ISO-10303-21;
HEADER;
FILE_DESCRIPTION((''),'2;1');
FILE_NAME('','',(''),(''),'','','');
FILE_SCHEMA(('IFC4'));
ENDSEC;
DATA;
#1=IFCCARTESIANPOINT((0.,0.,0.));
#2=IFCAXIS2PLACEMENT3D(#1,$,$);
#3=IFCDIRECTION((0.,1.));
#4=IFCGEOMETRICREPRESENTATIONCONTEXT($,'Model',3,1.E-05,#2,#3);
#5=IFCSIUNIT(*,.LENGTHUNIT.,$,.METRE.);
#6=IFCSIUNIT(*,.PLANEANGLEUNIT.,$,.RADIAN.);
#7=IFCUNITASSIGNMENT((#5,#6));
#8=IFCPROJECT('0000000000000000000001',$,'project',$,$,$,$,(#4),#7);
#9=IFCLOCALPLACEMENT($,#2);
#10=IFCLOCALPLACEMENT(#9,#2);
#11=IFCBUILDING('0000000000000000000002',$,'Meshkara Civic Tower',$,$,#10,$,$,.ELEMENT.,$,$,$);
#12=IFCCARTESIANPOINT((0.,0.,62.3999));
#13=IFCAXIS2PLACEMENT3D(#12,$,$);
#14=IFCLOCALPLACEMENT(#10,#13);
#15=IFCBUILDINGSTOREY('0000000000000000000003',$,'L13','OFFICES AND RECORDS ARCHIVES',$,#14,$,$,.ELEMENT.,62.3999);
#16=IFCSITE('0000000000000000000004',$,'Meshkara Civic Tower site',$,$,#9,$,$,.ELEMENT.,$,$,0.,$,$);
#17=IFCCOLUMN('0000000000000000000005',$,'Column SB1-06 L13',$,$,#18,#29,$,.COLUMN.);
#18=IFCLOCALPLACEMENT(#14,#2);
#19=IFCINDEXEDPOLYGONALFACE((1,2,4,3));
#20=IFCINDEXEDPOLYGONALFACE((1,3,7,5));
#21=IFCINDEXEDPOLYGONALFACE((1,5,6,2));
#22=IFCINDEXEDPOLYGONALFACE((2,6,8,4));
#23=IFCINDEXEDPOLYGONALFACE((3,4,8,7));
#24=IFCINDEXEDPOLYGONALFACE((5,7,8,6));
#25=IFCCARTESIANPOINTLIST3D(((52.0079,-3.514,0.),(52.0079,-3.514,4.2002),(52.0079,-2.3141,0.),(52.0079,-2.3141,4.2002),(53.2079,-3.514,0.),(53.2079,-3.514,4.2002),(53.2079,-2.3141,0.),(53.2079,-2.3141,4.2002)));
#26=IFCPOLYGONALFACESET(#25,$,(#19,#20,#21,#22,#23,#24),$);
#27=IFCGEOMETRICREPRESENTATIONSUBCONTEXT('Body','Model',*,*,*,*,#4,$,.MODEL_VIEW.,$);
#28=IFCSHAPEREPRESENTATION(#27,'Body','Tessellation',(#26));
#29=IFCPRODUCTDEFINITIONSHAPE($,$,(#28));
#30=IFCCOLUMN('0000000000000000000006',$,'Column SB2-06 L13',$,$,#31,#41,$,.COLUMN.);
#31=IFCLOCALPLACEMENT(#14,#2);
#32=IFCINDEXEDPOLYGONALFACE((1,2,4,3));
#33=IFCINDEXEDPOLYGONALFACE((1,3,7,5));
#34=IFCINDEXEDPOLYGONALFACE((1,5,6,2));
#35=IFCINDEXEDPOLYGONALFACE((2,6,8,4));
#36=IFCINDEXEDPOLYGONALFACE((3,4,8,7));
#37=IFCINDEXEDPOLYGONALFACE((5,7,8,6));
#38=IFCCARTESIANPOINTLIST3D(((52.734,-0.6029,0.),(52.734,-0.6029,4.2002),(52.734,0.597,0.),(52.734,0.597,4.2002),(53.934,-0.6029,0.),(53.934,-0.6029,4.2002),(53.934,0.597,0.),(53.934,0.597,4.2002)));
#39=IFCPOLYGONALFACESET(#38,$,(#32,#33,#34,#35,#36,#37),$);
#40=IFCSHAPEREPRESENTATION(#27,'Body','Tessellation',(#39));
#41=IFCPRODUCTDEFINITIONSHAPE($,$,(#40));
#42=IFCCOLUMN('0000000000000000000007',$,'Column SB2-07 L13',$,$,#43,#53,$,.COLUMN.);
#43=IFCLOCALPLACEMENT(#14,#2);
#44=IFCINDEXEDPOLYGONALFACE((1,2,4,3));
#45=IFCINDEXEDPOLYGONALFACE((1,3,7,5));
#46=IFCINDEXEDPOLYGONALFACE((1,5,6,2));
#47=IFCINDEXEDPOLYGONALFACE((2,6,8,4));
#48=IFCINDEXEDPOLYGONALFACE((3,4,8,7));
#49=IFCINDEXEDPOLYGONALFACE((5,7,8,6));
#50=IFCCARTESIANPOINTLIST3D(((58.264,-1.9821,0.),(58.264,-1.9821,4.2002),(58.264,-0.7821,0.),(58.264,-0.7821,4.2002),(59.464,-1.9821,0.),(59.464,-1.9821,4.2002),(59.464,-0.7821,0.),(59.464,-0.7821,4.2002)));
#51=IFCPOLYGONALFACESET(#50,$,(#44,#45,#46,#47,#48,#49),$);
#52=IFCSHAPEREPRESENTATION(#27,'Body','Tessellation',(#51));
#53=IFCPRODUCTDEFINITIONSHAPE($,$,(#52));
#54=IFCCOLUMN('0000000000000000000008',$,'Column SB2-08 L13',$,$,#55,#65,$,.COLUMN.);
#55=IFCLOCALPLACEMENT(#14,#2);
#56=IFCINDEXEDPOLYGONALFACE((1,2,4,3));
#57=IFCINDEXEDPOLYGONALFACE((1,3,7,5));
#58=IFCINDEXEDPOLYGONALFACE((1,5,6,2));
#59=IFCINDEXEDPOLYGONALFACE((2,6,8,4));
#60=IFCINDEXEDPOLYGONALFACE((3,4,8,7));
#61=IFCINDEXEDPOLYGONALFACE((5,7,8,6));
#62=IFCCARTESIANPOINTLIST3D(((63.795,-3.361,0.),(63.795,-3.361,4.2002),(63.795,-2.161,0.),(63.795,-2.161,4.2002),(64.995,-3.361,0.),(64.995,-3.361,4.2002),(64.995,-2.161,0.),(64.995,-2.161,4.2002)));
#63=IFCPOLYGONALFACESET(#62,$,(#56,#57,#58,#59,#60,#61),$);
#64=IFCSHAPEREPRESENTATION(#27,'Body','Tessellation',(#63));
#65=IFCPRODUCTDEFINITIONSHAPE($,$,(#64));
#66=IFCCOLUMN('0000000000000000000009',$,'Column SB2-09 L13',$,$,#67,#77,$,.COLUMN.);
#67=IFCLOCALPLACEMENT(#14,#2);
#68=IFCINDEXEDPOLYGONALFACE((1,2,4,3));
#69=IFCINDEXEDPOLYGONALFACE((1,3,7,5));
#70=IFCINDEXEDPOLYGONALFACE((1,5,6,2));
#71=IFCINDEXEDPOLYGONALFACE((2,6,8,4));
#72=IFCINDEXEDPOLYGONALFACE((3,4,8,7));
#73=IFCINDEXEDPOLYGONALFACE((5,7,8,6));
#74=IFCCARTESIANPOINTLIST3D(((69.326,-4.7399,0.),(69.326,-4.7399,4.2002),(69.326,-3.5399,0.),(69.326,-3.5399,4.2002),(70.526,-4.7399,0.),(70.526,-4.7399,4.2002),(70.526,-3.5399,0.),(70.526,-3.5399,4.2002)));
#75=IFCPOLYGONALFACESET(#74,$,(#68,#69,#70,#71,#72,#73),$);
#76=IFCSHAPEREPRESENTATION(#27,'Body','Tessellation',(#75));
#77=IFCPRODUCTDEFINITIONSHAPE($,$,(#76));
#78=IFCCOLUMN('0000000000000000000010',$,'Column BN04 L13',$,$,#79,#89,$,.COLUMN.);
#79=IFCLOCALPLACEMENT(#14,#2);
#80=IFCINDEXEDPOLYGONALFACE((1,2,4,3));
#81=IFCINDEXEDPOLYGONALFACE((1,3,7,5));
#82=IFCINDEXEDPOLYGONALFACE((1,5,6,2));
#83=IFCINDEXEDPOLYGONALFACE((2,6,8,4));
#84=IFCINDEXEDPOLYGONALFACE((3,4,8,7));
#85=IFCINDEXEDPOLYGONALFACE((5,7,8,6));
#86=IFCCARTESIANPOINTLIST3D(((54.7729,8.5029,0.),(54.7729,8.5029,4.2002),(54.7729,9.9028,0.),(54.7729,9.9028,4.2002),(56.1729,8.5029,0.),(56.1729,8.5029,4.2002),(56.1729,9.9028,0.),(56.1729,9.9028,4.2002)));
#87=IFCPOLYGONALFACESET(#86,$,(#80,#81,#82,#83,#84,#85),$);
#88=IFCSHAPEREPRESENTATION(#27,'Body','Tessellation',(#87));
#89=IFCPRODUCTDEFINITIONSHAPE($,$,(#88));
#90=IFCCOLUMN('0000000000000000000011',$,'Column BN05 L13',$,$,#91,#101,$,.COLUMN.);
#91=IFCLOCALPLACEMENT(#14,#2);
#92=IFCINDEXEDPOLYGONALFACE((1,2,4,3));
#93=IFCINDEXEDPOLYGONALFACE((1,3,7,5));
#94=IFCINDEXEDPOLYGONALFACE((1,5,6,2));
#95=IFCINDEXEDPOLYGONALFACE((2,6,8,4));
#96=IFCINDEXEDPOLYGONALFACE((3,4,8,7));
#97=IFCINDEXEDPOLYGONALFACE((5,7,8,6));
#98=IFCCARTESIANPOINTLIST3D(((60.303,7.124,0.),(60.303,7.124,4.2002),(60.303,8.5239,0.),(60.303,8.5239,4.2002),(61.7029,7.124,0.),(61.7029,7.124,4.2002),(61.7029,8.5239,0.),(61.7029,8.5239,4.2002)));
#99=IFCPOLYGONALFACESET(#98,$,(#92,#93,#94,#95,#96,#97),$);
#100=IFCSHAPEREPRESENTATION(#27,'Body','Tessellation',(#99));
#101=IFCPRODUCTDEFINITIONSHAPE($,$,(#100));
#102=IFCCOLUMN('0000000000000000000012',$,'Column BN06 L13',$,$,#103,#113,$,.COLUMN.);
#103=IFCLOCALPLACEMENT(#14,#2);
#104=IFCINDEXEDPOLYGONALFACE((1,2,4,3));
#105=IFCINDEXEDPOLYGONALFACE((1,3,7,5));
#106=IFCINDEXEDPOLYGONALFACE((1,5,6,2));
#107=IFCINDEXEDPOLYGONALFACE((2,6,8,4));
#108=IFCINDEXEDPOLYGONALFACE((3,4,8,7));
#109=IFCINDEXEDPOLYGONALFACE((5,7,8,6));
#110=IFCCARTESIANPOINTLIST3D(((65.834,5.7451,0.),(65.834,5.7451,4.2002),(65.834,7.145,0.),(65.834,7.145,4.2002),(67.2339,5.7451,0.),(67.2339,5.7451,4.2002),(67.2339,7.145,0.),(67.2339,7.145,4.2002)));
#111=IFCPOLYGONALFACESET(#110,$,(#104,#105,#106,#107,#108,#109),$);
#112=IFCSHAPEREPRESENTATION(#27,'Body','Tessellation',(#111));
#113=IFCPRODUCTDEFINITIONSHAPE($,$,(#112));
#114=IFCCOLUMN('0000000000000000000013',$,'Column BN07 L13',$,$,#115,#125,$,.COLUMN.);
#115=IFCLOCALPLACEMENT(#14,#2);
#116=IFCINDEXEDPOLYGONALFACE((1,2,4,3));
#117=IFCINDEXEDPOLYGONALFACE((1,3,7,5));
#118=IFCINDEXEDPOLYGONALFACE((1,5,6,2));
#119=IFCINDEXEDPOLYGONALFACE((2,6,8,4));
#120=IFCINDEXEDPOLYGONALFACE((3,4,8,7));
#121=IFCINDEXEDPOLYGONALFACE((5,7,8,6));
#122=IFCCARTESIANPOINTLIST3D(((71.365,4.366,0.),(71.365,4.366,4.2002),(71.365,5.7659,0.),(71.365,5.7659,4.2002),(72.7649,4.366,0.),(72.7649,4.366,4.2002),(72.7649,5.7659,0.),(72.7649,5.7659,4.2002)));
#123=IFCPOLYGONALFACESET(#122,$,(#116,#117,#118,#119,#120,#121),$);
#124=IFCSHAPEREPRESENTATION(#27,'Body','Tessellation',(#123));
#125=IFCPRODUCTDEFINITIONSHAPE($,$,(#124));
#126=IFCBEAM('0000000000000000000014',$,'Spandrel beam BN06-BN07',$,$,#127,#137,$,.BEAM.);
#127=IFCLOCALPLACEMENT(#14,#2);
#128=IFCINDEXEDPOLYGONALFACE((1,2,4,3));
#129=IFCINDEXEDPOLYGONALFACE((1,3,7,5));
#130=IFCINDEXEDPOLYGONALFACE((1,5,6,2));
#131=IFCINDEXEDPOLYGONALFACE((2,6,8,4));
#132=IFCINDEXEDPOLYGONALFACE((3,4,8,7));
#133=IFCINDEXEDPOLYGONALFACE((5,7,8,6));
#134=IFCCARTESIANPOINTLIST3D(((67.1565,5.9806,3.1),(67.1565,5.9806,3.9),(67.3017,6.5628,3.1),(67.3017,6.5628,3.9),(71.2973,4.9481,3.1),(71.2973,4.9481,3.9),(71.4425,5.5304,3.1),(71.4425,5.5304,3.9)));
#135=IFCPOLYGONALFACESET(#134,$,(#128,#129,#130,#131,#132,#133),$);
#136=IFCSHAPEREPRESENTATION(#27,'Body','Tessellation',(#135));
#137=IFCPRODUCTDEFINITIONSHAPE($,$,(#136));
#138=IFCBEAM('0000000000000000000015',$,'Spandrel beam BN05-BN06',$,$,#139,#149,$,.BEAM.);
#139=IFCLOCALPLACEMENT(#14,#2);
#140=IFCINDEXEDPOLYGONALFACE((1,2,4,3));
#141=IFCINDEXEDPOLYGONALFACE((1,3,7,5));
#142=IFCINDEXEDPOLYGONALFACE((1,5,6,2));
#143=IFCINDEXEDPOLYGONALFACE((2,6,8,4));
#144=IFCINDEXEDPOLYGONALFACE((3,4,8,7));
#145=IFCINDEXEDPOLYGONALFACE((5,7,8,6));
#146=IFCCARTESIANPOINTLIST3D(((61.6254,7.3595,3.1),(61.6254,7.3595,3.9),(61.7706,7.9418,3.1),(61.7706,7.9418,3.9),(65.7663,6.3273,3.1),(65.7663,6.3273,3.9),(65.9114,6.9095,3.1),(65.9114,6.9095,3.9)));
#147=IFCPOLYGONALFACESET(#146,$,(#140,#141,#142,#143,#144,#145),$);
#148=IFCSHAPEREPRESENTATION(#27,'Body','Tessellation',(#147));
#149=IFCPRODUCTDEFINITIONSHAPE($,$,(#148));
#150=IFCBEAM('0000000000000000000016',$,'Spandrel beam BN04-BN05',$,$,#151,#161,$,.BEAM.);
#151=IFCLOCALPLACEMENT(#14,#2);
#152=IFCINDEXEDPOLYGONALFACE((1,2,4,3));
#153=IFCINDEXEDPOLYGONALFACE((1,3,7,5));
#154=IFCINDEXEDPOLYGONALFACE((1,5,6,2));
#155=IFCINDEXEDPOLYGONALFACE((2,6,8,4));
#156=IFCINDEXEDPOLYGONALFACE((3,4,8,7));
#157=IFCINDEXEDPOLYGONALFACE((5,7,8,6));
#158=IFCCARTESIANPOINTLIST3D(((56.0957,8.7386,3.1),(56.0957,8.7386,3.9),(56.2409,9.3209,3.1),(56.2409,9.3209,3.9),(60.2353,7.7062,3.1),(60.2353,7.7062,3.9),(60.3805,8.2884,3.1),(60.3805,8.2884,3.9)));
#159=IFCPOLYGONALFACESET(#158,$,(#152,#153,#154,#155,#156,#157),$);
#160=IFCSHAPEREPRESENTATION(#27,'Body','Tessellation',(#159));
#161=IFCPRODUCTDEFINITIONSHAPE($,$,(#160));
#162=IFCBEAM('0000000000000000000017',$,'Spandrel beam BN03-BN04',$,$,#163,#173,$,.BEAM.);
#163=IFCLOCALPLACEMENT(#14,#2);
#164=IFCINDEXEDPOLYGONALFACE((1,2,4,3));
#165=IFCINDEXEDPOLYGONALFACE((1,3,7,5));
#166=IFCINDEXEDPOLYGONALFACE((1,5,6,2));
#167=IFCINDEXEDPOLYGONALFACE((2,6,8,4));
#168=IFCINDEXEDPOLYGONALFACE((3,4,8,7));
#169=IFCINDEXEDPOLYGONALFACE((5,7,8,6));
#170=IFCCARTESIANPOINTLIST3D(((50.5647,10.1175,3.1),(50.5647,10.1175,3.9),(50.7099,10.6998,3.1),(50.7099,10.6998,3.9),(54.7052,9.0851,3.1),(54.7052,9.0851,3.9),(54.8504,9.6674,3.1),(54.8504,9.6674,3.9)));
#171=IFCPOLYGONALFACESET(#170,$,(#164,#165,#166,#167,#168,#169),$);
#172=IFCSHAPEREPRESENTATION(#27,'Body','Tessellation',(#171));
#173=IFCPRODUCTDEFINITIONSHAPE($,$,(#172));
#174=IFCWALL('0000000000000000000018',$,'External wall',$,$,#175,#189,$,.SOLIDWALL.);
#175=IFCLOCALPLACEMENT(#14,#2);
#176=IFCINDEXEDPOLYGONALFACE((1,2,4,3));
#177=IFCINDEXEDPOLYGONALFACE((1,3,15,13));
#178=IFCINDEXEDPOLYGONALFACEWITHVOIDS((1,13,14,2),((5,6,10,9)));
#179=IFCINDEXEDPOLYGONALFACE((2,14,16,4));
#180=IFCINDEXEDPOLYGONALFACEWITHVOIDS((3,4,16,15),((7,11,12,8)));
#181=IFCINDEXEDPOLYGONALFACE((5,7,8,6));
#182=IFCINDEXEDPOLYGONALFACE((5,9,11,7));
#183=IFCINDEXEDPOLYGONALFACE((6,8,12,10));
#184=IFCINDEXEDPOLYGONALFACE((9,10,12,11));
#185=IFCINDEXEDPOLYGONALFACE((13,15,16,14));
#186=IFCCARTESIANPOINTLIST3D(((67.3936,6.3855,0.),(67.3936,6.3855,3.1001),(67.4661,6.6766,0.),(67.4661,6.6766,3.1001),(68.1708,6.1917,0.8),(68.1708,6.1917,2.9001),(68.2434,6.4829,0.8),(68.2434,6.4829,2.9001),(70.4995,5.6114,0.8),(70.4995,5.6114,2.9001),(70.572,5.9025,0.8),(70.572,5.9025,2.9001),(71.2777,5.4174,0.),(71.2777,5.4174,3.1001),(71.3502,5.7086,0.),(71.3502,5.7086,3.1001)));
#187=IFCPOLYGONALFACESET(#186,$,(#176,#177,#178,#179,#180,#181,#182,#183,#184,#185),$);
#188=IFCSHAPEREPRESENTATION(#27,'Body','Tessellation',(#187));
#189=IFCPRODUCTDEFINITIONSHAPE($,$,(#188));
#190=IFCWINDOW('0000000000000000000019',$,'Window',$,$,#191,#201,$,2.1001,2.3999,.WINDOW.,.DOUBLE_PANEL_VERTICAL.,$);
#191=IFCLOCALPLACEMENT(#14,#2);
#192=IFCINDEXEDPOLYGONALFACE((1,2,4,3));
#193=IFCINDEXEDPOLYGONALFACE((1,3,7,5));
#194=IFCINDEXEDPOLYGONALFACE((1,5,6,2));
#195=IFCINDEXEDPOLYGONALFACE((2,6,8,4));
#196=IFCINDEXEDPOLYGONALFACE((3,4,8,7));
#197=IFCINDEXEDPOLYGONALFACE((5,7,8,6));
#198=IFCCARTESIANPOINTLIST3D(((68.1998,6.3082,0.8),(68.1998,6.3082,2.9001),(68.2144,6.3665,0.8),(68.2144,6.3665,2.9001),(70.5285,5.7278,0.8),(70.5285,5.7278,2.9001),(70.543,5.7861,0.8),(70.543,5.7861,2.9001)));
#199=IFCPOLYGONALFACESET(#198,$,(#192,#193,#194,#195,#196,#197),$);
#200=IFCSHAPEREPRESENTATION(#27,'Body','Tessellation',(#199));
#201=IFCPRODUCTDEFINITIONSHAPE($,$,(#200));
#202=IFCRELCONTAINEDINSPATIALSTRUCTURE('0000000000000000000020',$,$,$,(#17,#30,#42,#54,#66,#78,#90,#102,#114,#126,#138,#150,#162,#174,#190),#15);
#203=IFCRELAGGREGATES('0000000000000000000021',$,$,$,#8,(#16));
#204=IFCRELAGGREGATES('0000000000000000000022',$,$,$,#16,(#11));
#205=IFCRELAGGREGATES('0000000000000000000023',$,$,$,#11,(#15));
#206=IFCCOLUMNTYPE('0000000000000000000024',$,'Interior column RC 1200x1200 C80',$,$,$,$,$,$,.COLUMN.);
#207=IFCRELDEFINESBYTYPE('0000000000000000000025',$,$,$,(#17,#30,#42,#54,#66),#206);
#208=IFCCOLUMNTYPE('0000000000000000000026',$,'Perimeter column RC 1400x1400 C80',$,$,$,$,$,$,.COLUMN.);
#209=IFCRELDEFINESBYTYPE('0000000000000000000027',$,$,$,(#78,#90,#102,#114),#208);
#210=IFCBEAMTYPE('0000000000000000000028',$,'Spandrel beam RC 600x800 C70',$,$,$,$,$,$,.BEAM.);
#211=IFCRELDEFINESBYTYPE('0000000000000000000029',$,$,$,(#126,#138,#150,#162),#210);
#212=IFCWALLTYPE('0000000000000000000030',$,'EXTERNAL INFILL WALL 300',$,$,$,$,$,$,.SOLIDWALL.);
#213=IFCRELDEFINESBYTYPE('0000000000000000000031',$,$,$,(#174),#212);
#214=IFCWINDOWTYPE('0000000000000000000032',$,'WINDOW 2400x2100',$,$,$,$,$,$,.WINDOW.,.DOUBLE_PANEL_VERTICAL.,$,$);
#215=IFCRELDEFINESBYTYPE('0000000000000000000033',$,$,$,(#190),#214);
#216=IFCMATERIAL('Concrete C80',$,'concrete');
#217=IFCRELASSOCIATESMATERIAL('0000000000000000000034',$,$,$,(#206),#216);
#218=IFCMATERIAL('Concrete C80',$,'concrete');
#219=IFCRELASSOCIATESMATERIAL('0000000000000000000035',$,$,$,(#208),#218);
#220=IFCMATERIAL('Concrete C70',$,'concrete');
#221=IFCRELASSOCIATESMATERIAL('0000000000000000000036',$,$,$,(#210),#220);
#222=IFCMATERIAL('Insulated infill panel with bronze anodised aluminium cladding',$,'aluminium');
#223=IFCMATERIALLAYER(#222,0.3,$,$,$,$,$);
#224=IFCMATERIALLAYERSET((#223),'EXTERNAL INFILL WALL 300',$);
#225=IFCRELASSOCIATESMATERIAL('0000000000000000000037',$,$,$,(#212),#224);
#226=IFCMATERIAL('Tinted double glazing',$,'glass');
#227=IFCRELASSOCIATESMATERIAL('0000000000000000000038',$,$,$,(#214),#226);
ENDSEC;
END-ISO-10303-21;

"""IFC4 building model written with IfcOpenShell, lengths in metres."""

from ifc_helpers import new_model, si_unit, direction, frame, frame_2d, origin, origin_2d, place, context, subcontext, project, spatial, rectangle, extrude, material, layer, layer_set, material_profile, profile_set, type_object, element, fill, save


model = new_model("IFC4")

# Units and contexts
model_context = context("Model", 3, precision=1e-05, world=origin(), true_north=direction((0.0, 1.0)))
body_context = subcontext(model_context, "Body", "Model", "MODEL_VIEW")
ifc_project = project(units=[si_unit("LENGTHUNIT", "METRE"), si_unit("PLANEANGLEUNIT", "RADIAN")], contexts=[model_context])

# Site, building, storey
site_placement = place(None, origin())
site = spatial("IfcSite", under=ifc_project, at=site_placement, Name="Meshkara Civic Tower site", CompositionType="ELEMENT", RefElevation=0.0)
building_placement = place(site_placement, origin())
building = spatial("IfcBuilding", under=site, at=building_placement, Name="Meshkara Civic Tower", CompositionType="ELEMENT")
storey_placement = place(building_placement, frame((0.0, 0.0, 62.3999)))
storey = spatial("IfcBuildingStorey", under=building, at=storey_placement, Name="L13", Description="OFFICES AND RECORDS ARCHIVES", CompositionType="ELEMENT", Elevation=62.3999)

# Columns
ifc_material_1 = material(Name="Concrete C80", Category="concrete")
ifc_material_profile_1 = material_profile(ifc_material_1, rectangle(XDim=1.2, YDim=1.2, at=origin_2d()))
ifc_profile_set_1 = profile_set([ifc_material_profile_1], Name="Concrete C80")
column_type_1 = type_object("IfcColumnType", Name="Interior column RC 1200x1200 C80", PredefinedType="COLUMN", material=ifc_profile_set_1)
for number, where, z_axis, x_axis, name in (
    (1, (52.6079, -2.9141, 0.0), (0.0, 0.0, 1.0), (1.0, 0.0, 0.0), "Column SB1-06 L13"),
    (2, (53.334, -0.0029, 0.0), (0.0, 0.0, 1.0), (1.0, 0.0, 0.0), "Column SB2-06 L13"),
    (3, (58.864, -1.3821, 0.0), (0.0, 0.0, 1.0), (1.0, 0.0, 0.0), "Column SB2-07 L13"),
    (4, (64.395, -2.761, 0.0), (0.0, 0.0, 1.0), (1.0, 0.0, 0.0), "Column SB2-08 L13"),
    (5, (69.926, -4.1399, 0.0), (0.0, 0.0, 1.0), (1.0, 0.0, 0.0), "Column SB2-09 L13"),
):
    element("IfcColumn", number, at=place(storey_placement, frame(where, z_axis=z_axis, x_axis=x_axis)), inside=storey, type_object=column_type_1, Name=name, PredefinedType="COLUMN", context=body_context, shape_type="SweptSolid", body=[
        extrude(rectangle(XDim=1.2, YDim=1.2, at=origin_2d()), origin(), (0.0, 0.0, 1.0), 4.2002),
    ])
ifc_material_2 = material(Name="Concrete C80", Category="concrete")
ifc_material_profile_2 = material_profile(ifc_material_2, rectangle(XDim=1.3999, YDim=1.3999, at=origin_2d()))
ifc_profile_set_2 = profile_set([ifc_material_profile_2], Name="Concrete C80")
column_type_2 = type_object("IfcColumnType", Name="Perimeter column RC 1400x1400 C80", PredefinedType="COLUMN", material=ifc_profile_set_2)
for number, where, z_axis, x_axis, name in (
    (6, (55.4729, 9.2029, 0.0), (0.0, 0.0, 1.0), (1.0, 0.0, 0.0), "Column BN04 L13"),
    (7, (61.0029, 7.824, 0.0), (0.0, 0.0, 1.0), (1.0, 0.0, 0.0), "Column BN05 L13"),
    (8, (66.5339, 6.4451, 0.0), (0.0, 0.0, 1.0), (1.0, 0.0, 0.0), "Column BN06 L13"),
    (9, (72.0649, 5.0659, 0.0), (0.0, 0.0, 1.0), (1.0, 0.0, 0.0), "Column BN07 L13"),
):
    element("IfcColumn", number, at=place(storey_placement, frame(where, z_axis=z_axis, x_axis=x_axis)), inside=storey, type_object=column_type_2, Name=name, PredefinedType="COLUMN", context=body_context, shape_type="SweptSolid", body=[
        extrude(rectangle(XDim=1.3999, YDim=1.3999, at=origin_2d()), origin(), (0.0, 0.0, 1.0), 4.2002),
    ])

# Beams
ifc_material_3 = material(Name="Concrete C70", Category="concrete")
ifc_material_profile_3 = material_profile(ifc_material_3, rectangle(XDim=0.6001, YDim=0.8, at=origin_2d()))
ifc_profile_set_3 = profile_set([ifc_material_profile_3], Name="Concrete C70")
beam_type = type_object("IfcBeamType", Name="Spandrel beam RC 600x800 C70", PredefinedType="BEAM", material=ifc_profile_set_3)
for number, where, z_axis, x_axis, name in (
    (10, (71.3699, 5.2393, 3.5), (-0.970294, 0.24193, 0.0), (-0.24193, -0.970294, 0.0), "Spandrel beam BN06-BN07"),
    (11, (65.8389, 6.6184, 3.5), (-0.970307, 0.241876, 0.0), (-0.241876, -0.970307, 0.0), "Spandrel beam BN05-BN06"),
):
    element("IfcBeam", number, at=place(storey_placement, frame(where, z_axis=z_axis, x_axis=x_axis)), inside=storey, type_object=beam_type, Name=name, PredefinedType="BEAM", context=body_context, shape_type="SweptSolid", body=[
        extrude(rectangle(XDim=0.6001, YDim=0.8, at=origin_2d()), origin(), (0.0, 0.0, 1.0), 4.2676),
    ])
beam_1_placement = place(storey_placement, frame((60.3079, 7.9973, 3.5), z_axis=(-0.970277, 0.241997, 0.0), x_axis=(-0.241997, -0.970277, 0.0)))
element("IfcBeam", 12, at=beam_1_placement, inside=storey, type_object=beam_type, Name="Spandrel beam BN04-BN05", PredefinedType="BEAM", context=body_context, shape_type="SweptSolid", body=[
    extrude(rectangle(XDim=0.6001, YDim=0.8, at=origin_2d()), origin(), (0.0, 0.0, 1.0), 4.2664),
])
beam_2_placement = place(storey_placement, frame((54.7778, 9.3762, 3.5), z_axis=(-0.97029, 0.241943, 0.0), x_axis=(-0.241943, -0.97029, 0.0)))
element("IfcBeam", 13, at=beam_2_placement, inside=storey, type_object=beam_type, Name="Spandrel beam BN03-BN04", PredefinedType="BEAM", context=body_context, shape_type="SweptSolid", body=[
    extrude(rectangle(XDim=0.6001, YDim=0.8, at=origin_2d()), origin(), (0.0, 0.0, 1.0), 4.2673),
])

# Wall, opening, window
ifc_material_4 = material(Name="Insulated infill panel with bronze anodised aluminium cladding", Category="aluminium")
ifc_layer_1 = layer(ifc_material_4, 0.3)
ifc_layer_set_1 = layer_set([ifc_layer_1], Name="EXTERNAL INFILL WALL 300")
wall_type_1 = type_object("IfcWallType", Name="EXTERNAL INFILL WALL 300", PredefinedType="SOLIDWALL", material=ifc_layer_set_1)
wall_1_placement = place(storey_placement, frame((71.314, 5.563, 0.0), z_axis=(0.0, 0.0, 1.0), x_axis=(-0.970318, 0.241832, 0.0)))
wall_1 = element("IfcWall", 14, at=wall_1_placement, inside=storey, type_object=wall_type_1, Name="External wall", PredefinedType="SOLIDWALL", context=body_context, shape_type="SweptSolid", body=[
    extrude(rectangle(XDim=4.0029, YDim=0.3, at=frame_2d((2.0015, 0.0))), origin(), (0.0, 0.0, 1.0), 3.1001),
])
opening_1_placement = place(wall_1_placement, frame((0.802, 0.0, 0.8)))
opening_1 = element("IfcOpeningElement", 15, at=opening_1_placement, cuts=wall_1, PredefinedType="OPENING", context=body_context, shape_type="SweptSolid", body=[
    extrude(rectangle(XDim=2.3999, YDim=2.1001, at=frame_2d((1.2, 1.05))), frame((0.0, 0.1599, 0.0), z_axis=(0.0, -1.0, 0.0), x_axis=(1.0, 0.0, 0.0)), (0.0, 0.0, 1.0), 0.3201),
])
ifc_material_5 = material(Name="Tinted double glazing", Category="glass")
window_type = type_object("IfcWindowType", Name="WINDOW 2400x2100", PartitioningType="DOUBLE_PANEL_VERTICAL", PredefinedType="WINDOW", material=ifc_material_5)
window_1_placement = place(opening_1_placement, origin())
window_1 = element("IfcWindow", 16, at=window_1_placement, inside=storey, type_object=window_type, Name="Window", OverallHeight=2.1001, OverallWidth=2.3999, PartitioningType="DOUBLE_PANEL_VERTICAL", PredefinedType="WINDOW", context=body_context, shape_type="SweptSolid", body=[
    extrude(rectangle(XDim=2.3999, YDim=2.1001, at=frame_2d((1.2, 1.05))), frame((0.0, 0.03, 0.0), z_axis=(0.0, -1.0, 0.0), x_axis=(1.0, 0.0, 0.0)), (0.0, 0.0, 1.0), 0.0601),
])
fill(opening_1, window_1)

save(model, "model.ifc")
